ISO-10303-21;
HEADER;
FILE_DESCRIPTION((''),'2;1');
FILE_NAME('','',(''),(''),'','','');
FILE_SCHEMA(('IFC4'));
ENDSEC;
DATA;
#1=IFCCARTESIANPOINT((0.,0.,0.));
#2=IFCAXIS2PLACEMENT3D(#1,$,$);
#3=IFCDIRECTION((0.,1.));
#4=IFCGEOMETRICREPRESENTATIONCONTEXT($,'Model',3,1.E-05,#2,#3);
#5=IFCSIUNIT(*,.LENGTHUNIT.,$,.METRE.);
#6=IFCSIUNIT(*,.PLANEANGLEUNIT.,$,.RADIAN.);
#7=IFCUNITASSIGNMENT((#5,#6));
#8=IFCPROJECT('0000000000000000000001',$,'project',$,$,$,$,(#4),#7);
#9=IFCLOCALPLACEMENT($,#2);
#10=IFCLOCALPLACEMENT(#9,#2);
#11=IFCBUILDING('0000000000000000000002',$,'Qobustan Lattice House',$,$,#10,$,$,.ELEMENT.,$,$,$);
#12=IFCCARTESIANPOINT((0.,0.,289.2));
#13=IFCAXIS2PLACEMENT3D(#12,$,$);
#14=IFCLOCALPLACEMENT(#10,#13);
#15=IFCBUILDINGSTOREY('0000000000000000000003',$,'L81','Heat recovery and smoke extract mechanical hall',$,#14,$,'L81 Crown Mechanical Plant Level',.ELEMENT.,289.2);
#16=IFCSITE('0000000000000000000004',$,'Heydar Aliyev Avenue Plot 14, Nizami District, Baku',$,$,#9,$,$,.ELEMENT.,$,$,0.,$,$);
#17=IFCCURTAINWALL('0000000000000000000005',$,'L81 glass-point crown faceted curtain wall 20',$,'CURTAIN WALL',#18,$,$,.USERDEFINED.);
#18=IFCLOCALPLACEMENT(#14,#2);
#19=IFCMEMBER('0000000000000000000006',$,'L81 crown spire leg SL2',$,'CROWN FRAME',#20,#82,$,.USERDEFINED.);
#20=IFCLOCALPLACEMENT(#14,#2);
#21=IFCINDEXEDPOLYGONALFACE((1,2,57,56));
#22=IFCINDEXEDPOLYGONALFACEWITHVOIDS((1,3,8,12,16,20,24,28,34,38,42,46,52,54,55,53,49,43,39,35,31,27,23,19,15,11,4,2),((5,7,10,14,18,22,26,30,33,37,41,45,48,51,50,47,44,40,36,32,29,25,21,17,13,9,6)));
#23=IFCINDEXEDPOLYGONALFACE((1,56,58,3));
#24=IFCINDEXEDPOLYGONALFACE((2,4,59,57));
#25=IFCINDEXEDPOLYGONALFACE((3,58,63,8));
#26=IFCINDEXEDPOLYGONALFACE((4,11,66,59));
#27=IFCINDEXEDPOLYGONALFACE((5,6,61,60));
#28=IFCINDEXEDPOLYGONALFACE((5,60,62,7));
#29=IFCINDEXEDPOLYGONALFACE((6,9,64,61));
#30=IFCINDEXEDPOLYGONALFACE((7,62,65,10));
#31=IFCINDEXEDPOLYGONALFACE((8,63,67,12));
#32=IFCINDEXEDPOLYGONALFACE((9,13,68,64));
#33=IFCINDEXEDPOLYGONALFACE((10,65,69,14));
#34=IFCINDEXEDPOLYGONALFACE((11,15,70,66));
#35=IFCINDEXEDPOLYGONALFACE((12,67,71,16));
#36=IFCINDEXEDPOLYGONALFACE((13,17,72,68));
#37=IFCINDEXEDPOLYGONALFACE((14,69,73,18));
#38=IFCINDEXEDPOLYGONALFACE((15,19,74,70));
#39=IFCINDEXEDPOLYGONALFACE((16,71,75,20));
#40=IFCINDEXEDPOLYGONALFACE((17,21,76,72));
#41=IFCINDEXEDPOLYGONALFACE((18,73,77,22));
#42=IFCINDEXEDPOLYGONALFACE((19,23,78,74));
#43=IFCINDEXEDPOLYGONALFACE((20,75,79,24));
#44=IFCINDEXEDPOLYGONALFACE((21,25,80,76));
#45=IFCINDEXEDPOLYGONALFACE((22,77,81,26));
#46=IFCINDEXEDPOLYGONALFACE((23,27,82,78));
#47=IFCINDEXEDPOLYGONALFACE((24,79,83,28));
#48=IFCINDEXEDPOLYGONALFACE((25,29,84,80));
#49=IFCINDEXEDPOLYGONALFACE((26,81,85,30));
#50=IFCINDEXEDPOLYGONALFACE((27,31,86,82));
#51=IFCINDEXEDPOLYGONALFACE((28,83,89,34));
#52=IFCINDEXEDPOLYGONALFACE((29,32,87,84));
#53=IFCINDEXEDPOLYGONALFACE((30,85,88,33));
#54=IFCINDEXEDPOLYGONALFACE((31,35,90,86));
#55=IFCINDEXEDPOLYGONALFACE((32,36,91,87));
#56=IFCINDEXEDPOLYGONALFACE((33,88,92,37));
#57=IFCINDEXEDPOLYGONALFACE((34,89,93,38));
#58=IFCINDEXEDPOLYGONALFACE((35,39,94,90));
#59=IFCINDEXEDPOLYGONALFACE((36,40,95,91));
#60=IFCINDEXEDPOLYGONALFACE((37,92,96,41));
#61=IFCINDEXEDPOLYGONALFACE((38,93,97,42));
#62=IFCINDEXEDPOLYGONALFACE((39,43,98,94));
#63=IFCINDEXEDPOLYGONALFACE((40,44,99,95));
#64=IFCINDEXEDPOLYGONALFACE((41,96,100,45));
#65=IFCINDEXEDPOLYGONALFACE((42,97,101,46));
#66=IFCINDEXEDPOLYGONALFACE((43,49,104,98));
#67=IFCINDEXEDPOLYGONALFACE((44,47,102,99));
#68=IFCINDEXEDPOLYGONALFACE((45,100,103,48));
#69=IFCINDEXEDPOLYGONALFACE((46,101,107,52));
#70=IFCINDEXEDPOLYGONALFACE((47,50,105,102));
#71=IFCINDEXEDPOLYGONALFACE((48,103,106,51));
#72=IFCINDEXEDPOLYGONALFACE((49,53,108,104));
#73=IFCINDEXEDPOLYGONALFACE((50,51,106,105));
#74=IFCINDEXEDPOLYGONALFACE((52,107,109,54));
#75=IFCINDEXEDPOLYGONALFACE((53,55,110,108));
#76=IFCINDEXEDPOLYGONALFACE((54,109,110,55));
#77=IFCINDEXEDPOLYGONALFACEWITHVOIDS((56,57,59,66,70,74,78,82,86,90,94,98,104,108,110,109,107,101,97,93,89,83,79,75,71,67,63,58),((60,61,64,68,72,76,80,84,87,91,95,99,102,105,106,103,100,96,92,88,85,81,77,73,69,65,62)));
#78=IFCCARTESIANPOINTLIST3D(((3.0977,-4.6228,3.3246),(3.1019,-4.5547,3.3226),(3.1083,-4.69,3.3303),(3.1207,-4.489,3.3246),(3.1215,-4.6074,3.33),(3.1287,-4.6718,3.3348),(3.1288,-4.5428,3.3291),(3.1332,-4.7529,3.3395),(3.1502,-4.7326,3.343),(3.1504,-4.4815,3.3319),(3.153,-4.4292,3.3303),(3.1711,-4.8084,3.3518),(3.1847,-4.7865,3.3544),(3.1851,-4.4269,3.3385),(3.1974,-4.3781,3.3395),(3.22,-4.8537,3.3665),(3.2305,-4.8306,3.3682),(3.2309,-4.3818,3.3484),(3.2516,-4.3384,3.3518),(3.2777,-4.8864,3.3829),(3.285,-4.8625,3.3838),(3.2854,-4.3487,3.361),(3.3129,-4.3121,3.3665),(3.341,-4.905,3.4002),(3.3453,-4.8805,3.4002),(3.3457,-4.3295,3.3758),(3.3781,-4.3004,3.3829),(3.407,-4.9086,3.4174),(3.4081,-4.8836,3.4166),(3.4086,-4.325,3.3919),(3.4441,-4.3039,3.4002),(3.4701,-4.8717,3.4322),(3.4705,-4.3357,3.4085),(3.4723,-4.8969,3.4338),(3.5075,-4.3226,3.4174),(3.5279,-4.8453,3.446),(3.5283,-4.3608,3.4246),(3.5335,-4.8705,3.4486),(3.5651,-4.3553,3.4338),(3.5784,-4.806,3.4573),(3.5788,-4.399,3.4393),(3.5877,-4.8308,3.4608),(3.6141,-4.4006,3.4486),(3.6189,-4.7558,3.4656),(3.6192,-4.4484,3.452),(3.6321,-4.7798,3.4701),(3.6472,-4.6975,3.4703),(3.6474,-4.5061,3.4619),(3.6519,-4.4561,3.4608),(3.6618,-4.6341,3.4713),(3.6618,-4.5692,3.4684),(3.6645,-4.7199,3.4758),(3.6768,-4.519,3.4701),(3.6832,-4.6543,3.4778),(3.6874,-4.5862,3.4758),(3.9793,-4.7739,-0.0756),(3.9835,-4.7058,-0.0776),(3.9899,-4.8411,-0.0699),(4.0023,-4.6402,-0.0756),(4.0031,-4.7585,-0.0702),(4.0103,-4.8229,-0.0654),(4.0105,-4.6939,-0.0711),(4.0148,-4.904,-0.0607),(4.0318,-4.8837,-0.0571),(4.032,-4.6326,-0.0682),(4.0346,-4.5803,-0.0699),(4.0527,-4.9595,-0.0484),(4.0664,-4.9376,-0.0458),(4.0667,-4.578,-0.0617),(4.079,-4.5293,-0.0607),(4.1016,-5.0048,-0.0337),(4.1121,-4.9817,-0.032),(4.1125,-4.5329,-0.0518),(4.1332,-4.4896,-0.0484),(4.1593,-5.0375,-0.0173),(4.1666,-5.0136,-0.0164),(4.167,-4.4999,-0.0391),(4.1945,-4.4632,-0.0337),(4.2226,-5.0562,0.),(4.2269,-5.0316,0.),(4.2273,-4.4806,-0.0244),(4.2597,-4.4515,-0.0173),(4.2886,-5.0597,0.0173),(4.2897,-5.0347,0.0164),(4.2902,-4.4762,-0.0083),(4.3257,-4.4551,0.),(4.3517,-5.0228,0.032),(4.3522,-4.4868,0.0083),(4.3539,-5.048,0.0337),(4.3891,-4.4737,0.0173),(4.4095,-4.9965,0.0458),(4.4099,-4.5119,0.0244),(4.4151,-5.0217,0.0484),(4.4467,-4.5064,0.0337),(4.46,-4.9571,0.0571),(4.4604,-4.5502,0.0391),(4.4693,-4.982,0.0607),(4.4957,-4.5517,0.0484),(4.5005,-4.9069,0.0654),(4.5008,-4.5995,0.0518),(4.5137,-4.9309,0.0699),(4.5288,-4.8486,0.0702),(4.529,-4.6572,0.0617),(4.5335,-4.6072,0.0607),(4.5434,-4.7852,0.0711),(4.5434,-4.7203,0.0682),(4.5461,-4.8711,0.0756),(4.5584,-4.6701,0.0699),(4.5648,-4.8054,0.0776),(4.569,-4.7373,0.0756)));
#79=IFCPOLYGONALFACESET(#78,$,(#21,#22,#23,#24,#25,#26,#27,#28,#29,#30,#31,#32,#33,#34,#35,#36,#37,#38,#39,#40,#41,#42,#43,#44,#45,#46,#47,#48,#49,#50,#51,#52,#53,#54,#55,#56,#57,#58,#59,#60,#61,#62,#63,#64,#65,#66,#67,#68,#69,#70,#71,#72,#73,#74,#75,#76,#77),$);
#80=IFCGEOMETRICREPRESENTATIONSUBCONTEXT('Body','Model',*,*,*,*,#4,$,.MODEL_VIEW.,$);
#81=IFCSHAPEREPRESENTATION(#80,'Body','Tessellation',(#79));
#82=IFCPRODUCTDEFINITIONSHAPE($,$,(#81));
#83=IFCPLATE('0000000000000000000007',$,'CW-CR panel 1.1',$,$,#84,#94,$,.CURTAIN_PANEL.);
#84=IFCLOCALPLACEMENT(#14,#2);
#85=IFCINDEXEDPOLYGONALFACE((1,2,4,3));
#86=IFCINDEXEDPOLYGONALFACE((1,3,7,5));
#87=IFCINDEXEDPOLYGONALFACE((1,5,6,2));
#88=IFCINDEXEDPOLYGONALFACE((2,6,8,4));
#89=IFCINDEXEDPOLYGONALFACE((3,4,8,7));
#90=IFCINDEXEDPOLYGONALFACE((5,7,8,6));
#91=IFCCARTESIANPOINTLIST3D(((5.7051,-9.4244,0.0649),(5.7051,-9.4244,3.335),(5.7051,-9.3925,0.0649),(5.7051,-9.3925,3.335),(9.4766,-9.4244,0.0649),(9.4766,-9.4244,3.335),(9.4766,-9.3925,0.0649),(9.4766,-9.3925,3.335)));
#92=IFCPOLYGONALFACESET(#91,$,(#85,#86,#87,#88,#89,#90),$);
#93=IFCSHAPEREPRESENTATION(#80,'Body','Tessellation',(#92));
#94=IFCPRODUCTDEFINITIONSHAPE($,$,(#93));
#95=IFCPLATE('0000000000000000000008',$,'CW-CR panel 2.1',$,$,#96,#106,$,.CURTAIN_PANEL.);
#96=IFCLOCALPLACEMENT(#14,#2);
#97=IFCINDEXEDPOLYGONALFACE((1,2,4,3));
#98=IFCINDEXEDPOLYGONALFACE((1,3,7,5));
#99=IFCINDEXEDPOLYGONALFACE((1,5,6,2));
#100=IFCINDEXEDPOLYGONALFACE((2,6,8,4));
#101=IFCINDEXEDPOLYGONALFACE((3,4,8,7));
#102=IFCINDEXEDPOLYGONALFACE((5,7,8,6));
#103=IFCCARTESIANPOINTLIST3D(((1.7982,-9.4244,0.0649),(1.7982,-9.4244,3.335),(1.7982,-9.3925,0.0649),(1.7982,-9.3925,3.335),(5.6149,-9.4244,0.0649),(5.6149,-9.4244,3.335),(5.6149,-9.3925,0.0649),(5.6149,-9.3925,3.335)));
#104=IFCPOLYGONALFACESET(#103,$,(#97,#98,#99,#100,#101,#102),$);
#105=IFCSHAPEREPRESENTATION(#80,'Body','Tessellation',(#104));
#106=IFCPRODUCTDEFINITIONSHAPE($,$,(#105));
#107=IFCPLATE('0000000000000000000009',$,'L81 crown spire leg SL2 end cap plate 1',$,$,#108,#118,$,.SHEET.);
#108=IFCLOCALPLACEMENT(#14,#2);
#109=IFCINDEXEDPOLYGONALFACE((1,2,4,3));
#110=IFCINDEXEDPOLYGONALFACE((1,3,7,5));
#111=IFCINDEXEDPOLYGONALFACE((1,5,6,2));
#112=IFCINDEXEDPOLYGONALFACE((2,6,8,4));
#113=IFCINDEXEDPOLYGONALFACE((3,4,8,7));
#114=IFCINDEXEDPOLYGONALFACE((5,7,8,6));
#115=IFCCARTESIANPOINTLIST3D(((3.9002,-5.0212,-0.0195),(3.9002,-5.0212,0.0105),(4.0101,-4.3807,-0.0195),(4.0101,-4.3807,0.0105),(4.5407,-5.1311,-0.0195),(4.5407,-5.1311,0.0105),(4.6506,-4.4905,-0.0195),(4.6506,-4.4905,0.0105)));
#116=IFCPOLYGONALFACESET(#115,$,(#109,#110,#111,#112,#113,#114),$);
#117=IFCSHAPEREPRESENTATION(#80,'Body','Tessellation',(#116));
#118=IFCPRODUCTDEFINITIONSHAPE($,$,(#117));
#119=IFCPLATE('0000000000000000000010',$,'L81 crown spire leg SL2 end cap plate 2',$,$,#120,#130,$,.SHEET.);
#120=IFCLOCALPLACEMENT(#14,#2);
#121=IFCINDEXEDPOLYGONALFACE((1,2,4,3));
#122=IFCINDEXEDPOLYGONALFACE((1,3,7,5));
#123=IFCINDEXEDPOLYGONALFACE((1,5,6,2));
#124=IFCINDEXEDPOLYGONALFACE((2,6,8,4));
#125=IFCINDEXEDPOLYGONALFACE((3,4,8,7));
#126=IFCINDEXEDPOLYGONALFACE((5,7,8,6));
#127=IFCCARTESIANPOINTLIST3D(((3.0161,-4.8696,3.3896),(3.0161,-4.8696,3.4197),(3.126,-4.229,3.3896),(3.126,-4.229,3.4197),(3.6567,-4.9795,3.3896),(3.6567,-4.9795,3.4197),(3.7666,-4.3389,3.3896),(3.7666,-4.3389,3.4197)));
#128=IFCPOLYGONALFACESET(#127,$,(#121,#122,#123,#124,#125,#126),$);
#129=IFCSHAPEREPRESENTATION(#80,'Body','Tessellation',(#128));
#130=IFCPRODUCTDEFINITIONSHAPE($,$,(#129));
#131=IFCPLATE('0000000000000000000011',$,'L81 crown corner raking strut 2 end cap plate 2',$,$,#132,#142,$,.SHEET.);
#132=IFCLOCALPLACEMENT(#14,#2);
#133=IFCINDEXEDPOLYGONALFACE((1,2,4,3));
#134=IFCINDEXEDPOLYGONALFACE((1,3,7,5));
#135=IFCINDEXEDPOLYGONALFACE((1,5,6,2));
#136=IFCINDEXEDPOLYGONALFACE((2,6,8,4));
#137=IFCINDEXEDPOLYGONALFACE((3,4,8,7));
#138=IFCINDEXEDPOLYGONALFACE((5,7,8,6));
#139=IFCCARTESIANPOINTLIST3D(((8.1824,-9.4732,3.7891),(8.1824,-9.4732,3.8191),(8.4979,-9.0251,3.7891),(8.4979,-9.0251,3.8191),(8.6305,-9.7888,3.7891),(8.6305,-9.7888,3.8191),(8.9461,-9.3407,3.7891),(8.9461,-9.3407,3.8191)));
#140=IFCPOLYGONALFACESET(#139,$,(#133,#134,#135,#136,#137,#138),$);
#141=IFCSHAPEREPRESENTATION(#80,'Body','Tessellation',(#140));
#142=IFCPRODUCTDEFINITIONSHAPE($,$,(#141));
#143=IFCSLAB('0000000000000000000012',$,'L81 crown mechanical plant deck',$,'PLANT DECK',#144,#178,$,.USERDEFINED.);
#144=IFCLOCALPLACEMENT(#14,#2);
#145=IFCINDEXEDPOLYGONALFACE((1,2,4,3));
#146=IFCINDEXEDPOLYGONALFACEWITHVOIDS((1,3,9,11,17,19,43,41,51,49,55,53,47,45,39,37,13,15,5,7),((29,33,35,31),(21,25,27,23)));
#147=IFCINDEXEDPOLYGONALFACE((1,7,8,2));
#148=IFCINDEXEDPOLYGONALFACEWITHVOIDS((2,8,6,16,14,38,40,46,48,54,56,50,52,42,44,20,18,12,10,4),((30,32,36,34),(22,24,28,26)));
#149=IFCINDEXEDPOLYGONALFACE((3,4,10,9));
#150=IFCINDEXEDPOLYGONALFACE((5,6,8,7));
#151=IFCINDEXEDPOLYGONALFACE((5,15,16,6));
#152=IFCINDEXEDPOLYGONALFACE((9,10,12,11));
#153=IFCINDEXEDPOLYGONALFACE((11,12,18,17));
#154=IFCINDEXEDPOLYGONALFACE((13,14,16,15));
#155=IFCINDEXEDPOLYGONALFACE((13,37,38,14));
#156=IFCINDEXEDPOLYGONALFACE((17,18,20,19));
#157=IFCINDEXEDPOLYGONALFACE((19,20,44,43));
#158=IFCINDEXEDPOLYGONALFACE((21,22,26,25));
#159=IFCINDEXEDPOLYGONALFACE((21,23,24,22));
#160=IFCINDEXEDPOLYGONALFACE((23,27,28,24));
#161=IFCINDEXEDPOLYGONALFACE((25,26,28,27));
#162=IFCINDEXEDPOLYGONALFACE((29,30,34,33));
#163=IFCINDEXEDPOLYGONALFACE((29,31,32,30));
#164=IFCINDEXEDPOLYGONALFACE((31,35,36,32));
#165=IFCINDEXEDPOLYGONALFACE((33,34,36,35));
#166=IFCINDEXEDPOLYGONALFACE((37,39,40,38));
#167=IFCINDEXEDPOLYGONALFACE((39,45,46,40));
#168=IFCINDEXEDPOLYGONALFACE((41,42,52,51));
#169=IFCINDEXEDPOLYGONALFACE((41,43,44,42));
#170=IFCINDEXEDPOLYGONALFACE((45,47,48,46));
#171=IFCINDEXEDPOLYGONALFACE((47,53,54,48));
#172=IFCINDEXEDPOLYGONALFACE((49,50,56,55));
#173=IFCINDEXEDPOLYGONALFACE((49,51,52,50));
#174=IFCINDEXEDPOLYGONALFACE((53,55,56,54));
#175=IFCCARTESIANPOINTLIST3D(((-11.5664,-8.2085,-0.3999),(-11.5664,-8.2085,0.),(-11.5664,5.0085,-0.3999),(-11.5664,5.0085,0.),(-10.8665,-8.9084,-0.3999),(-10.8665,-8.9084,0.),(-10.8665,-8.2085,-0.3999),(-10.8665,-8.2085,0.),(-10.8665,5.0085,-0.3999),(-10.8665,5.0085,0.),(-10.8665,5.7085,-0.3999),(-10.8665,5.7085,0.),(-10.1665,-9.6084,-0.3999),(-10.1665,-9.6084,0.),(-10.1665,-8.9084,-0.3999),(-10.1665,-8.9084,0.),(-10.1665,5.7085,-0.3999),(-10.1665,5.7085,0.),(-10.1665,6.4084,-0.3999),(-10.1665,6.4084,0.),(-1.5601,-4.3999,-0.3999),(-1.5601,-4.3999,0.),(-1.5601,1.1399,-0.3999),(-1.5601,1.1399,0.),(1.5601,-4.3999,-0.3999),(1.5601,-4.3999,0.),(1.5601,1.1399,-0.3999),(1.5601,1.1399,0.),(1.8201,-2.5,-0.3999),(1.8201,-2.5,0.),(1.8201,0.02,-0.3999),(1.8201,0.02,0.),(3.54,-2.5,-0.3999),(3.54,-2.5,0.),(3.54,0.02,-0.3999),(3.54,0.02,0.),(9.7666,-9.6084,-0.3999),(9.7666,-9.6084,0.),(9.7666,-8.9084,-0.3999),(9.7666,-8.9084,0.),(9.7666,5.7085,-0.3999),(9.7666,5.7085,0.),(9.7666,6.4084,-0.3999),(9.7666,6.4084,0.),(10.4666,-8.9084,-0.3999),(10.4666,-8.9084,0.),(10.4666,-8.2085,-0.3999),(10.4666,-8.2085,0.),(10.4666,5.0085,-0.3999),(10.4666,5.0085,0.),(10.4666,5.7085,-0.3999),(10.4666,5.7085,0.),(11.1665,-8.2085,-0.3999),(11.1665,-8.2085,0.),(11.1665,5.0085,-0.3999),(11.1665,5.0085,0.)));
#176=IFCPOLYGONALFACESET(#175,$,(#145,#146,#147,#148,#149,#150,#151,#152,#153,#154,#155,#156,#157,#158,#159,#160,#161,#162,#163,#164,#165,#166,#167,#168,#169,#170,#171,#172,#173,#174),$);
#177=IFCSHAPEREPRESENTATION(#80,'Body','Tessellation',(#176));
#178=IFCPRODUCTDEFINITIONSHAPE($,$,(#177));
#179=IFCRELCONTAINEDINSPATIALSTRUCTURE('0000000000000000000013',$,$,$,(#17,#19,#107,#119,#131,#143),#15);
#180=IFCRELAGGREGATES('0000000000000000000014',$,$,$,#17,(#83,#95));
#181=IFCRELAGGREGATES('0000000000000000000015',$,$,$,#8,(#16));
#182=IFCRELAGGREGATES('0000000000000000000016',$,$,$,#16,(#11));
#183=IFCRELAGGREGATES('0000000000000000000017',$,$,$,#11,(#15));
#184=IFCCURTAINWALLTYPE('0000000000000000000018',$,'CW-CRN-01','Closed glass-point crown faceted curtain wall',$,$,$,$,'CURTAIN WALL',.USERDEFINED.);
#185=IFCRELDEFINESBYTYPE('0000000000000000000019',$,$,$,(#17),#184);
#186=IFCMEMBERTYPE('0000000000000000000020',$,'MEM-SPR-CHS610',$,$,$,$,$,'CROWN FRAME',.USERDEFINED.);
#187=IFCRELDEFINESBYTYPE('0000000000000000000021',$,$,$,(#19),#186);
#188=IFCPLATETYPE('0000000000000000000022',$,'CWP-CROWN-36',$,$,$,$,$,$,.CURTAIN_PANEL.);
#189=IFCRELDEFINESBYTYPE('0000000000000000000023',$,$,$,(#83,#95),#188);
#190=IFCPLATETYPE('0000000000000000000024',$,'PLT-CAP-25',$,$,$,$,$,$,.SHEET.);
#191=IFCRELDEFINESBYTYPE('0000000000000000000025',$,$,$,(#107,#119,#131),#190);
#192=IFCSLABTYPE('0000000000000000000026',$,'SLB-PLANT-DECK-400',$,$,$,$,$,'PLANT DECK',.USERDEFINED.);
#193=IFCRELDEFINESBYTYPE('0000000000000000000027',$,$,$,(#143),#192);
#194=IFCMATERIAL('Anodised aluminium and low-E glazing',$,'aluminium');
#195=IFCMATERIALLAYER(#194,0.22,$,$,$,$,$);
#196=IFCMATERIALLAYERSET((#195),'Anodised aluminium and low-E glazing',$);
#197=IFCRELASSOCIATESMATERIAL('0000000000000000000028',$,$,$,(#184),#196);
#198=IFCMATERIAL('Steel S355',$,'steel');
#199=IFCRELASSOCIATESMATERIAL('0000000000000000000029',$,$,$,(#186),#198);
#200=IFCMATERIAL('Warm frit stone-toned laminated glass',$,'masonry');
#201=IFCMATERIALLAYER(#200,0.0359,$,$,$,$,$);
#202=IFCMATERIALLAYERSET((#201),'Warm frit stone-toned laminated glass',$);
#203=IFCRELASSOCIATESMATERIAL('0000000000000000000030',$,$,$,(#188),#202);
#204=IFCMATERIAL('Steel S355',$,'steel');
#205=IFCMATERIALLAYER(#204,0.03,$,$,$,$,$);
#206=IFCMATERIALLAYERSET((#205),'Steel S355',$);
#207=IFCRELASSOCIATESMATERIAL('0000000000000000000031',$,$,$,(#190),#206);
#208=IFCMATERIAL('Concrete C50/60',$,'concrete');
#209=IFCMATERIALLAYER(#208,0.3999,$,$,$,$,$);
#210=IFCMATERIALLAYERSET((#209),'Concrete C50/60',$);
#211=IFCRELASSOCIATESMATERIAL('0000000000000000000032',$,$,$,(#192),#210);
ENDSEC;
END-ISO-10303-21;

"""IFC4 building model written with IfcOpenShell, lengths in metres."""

from ifc_helpers import new_model, si_unit, direction, frame, origin, origin_2d, place, context, subcontext, project, spatial, polyline, rectangle, hollow_circle, outline, extrude, material, layer, layer_set, material_profile, profile_set, type_object, element, aggregate, save


model = new_model("IFC4")

# Units and contexts
model_context = context("Model", 3, precision=1e-05, world=origin(), true_north=direction((0.0, 1.0)))
body_context = subcontext(model_context, "Body", "Model", "MODEL_VIEW")
ifc_project = project(units=[si_unit("LENGTHUNIT", "METRE"), si_unit("PLANEANGLEUNIT", "RADIAN")], contexts=[model_context])

# Site, building, storey
site_placement = place(None, origin())
site = spatial("IfcSite", under=ifc_project, at=site_placement, Name="Heydar Aliyev Avenue Plot 14, Nizami District, Baku", CompositionType="ELEMENT", RefElevation=0.0)
building_placement = place(site_placement, origin())
building = spatial("IfcBuilding", under=site, at=building_placement, Name="Qobustan Lattice House", CompositionType="ELEMENT")
storey_placement = place(building_placement, frame((0.0, 0.0, 289.2)))
storey = spatial("IfcBuildingStorey", under=building, at=storey_placement, Name="L81", Description="Heat recovery and smoke extract mechanical hall", LongName="L81 Crown Mechanical Plant Level", CompositionType="ELEMENT", Elevation=289.2)

# Curtain wall
ifc_material_1 = material(Name="Anodised aluminium and low-E glazing", Category="aluminium")
ifc_layer_1 = layer(ifc_material_1, 0.22)
ifc_layer_set_1 = layer_set([ifc_layer_1], Name="Anodised aluminium and low-E glazing")
curtain_wall_type = type_object("IfcCurtainWallType", Name="CW-CRN-01", Description="Closed glass-point crown faceted curtain wall", ElementType="CURTAIN WALL", PredefinedType="USERDEFINED", material=ifc_layer_set_1)
curtain_wall_placement = place(storey_placement, origin())
curtain_wall = element("IfcCurtainWall", 1, at=curtain_wall_placement, inside=storey, type_object=curtain_wall_type, Name="L81 glass-point crown faceted curtain wall 20", ObjectType="CURTAIN WALL", PredefinedType="USERDEFINED")

# Member
ifc_material_2 = material(Name="Steel S355", Category="steel")
ifc_material_profile_1 = material_profile(ifc_material_2, hollow_circle(Radius=0.3049, WallThickness=0.0249, at=origin_2d()), Name="CHS610x25")
ifc_profile_set_1 = profile_set([ifc_material_profile_1], Name="Steel S355")
member_type_1 = type_object("IfcMemberType", Name="MEM-SPR-CHS610", ElementType="CROWN FRAME", PredefinedType="USERDEFINED", material=ifc_profile_set_1)
member_1_placement = place(storey_placement, frame((4.2742, -4.7556, 0.0), z_axis=(-0.250749, 0.042984, 0.967097), x_axis=(-0.168956, -0.985624, 0.0)))
element("IfcMember", 2, at=member_1_placement, inside=storey, type_object=member_type_1, Name="L81 crown spire leg SL2", ObjectType="CROWN FRAME", PredefinedType="USERDEFINED", context=body_context, shape_type="SweptSolid", body=[
    extrude(hollow_circle(Radius=0.3049, WallThickness=0.0249, at=origin_2d()), origin(), (0.0, 0.0, 1.0), 3.5159),
])

# Plates
ifc_material_3 = material(Name="Warm frit stone-toned laminated glass", Category="masonry")
ifc_layer_2 = layer(ifc_material_3, 0.0359)
ifc_layer_set_2 = layer_set([ifc_layer_2], Name="Warm frit stone-toned laminated glass")
plate_type_1 = type_object("IfcPlateType", Name="CWP-CROWN-36", PredefinedType="CURTAIN_PANEL", material=ifc_layer_set_2)
plate_1_placement = place(storey_placement, frame((7.5908, -9.4084, 0.0649), z_axis=(0.0, 0.0, 1.0), x_axis=(-1.0, 0.0, 0.0)))
plate_1 = element("IfcPlate", 3, at=plate_1_placement, type_object=plate_type_1, Name="CW-CR panel 1.1", PredefinedType="CURTAIN_PANEL", context=body_context, shape_type="SweptSolid", body=[
    extrude(rectangle(XDim=3.7715, YDim=0.032, at=origin_2d()), origin(), (0.0, 0.0, 1.0), 3.27),
])
plate_2_placement = place(storey_placement, frame((3.7065, -9.4084, 0.0649), z_axis=(0.0, 0.0, 1.0), x_axis=(-1.0, 0.0, 0.0)))
plate_2 = element("IfcPlate", 4, at=plate_2_placement, type_object=plate_type_1, Name="CW-CR panel 2.1", PredefinedType="CURTAIN_PANEL", context=body_context, shape_type="SweptSolid", body=[
    extrude(rectangle(XDim=3.8167, YDim=0.032, at=origin_2d()), origin(), (0.0, 0.0, 1.0), 3.27),
])
aggregate(curtain_wall, [plate_1, plate_2])

# Plates
ifc_material_4 = material(Name="Steel S355", Category="steel")
ifc_layer_3 = layer(ifc_material_4, 0.03)
ifc_layer_set_3 = layer_set([ifc_layer_3], Name="Steel S355")
plate_type_2 = type_object("IfcPlateType", Name="PLT-CAP-25", PredefinedType="SHEET", material=ifc_layer_set_3)
for number, where, z_axis, x_axis, name in (
    (5, (4.2754, -4.7559, -0.0195), (0.0, 0.0, 1.0), (-0.985606, 0.169057, 0.0), "L81 crown spire leg SL2 end cap plate 1"),
    (6, (3.3914, -4.6042, 3.3896), (0.0, 0.0, 1.0), (-0.985606, 0.169057, 0.0), "L81 crown spire leg SL2 end cap plate 2"),
):
    element("IfcPlate", number, at=place(storey_placement, frame(where, z_axis=z_axis, x_axis=x_axis)), inside=storey, type_object=plate_type_2, Name=name, PredefinedType="SHEET", context=body_context, shape_type="SweptSolid", body=[
        extrude(rectangle(XDim=0.6499, YDim=0.6499, at=origin_2d()), origin(), (0.0, 0.0, 1.0), 0.03),
    ])
plate_3_placement = place(storey_placement, frame((8.5642, -9.407, 3.7891), z_axis=(0.0, 0.0, 1.0), x_axis=(-0.817587, 0.575805, 0.0)))
element("IfcPlate", 7, at=plate_3_placement, inside=storey, type_object=plate_type_2, Name="L81 crown corner raking strut 2 end cap plate 2", PredefinedType="SHEET", context=body_context, shape_type="SweptSolid", body=[
    extrude(rectangle(XDim=0.5481, YDim=0.5481, at=origin_2d()), origin(), (0.0, 0.0, 1.0), 0.03),
])

# Slab
ifc_material_5 = material(Name="Concrete C50/60", Category="concrete")
ifc_layer_4 = layer(ifc_material_5, 0.3999)
ifc_layer_set_4 = layer_set([ifc_layer_4], Name="Concrete C50/60")
slab_type_1 = type_object("IfcSlabType", Name="SLB-PLANT-DECK-400", ElementType="PLANT DECK", PredefinedType="USERDEFINED", material=ifc_layer_set_4)
slab_1_placement = place(storey_placement, frame((0.0, 0.0, -0.3999)))
element("IfcSlab", 8, at=slab_1_placement, inside=storey, type_object=slab_type_1, Name="L81 crown mechanical plant deck", ObjectType="PLANT DECK", PredefinedType="USERDEFINED", context=body_context, shape_type="SweptSolid", body=[
    extrude(outline(polyline([(-10.1665, -9.6084), (9.7666, -9.6084), (9.7666, -8.9084), (10.4666, -8.9084), (10.4666, -8.2085), (11.1665, -8.2085), (11.1665, 5.0085), (10.4666, 5.0085), (10.4666, 5.7085), (9.7666, 5.7085), (9.7666, 6.4084), (-10.1665, 6.4084), (-10.1665, 5.7085), (-10.8665, 5.7085), (-10.8665, 5.0085), (-11.5664, 5.0085), (-11.5664, -8.2085), (-10.8665, -8.2085), (-10.8665, -8.9084), (-10.1665, -8.9084), (-10.1665, -9.6084)]), holes=[polyline([(-1.5601, -4.3999), (-1.5601, 1.1399), (1.5601, 1.1399), (1.5601, -4.3999), (-1.5601, -4.3999)]), polyline([(1.8201, -2.5), (1.8201, 0.02), (3.54, 0.02), (3.54, -2.5), (1.8201, -2.5)])]), origin(), (0.0, 0.0, 1.0), 0.3999),
])

save(model, "model.ifc")
